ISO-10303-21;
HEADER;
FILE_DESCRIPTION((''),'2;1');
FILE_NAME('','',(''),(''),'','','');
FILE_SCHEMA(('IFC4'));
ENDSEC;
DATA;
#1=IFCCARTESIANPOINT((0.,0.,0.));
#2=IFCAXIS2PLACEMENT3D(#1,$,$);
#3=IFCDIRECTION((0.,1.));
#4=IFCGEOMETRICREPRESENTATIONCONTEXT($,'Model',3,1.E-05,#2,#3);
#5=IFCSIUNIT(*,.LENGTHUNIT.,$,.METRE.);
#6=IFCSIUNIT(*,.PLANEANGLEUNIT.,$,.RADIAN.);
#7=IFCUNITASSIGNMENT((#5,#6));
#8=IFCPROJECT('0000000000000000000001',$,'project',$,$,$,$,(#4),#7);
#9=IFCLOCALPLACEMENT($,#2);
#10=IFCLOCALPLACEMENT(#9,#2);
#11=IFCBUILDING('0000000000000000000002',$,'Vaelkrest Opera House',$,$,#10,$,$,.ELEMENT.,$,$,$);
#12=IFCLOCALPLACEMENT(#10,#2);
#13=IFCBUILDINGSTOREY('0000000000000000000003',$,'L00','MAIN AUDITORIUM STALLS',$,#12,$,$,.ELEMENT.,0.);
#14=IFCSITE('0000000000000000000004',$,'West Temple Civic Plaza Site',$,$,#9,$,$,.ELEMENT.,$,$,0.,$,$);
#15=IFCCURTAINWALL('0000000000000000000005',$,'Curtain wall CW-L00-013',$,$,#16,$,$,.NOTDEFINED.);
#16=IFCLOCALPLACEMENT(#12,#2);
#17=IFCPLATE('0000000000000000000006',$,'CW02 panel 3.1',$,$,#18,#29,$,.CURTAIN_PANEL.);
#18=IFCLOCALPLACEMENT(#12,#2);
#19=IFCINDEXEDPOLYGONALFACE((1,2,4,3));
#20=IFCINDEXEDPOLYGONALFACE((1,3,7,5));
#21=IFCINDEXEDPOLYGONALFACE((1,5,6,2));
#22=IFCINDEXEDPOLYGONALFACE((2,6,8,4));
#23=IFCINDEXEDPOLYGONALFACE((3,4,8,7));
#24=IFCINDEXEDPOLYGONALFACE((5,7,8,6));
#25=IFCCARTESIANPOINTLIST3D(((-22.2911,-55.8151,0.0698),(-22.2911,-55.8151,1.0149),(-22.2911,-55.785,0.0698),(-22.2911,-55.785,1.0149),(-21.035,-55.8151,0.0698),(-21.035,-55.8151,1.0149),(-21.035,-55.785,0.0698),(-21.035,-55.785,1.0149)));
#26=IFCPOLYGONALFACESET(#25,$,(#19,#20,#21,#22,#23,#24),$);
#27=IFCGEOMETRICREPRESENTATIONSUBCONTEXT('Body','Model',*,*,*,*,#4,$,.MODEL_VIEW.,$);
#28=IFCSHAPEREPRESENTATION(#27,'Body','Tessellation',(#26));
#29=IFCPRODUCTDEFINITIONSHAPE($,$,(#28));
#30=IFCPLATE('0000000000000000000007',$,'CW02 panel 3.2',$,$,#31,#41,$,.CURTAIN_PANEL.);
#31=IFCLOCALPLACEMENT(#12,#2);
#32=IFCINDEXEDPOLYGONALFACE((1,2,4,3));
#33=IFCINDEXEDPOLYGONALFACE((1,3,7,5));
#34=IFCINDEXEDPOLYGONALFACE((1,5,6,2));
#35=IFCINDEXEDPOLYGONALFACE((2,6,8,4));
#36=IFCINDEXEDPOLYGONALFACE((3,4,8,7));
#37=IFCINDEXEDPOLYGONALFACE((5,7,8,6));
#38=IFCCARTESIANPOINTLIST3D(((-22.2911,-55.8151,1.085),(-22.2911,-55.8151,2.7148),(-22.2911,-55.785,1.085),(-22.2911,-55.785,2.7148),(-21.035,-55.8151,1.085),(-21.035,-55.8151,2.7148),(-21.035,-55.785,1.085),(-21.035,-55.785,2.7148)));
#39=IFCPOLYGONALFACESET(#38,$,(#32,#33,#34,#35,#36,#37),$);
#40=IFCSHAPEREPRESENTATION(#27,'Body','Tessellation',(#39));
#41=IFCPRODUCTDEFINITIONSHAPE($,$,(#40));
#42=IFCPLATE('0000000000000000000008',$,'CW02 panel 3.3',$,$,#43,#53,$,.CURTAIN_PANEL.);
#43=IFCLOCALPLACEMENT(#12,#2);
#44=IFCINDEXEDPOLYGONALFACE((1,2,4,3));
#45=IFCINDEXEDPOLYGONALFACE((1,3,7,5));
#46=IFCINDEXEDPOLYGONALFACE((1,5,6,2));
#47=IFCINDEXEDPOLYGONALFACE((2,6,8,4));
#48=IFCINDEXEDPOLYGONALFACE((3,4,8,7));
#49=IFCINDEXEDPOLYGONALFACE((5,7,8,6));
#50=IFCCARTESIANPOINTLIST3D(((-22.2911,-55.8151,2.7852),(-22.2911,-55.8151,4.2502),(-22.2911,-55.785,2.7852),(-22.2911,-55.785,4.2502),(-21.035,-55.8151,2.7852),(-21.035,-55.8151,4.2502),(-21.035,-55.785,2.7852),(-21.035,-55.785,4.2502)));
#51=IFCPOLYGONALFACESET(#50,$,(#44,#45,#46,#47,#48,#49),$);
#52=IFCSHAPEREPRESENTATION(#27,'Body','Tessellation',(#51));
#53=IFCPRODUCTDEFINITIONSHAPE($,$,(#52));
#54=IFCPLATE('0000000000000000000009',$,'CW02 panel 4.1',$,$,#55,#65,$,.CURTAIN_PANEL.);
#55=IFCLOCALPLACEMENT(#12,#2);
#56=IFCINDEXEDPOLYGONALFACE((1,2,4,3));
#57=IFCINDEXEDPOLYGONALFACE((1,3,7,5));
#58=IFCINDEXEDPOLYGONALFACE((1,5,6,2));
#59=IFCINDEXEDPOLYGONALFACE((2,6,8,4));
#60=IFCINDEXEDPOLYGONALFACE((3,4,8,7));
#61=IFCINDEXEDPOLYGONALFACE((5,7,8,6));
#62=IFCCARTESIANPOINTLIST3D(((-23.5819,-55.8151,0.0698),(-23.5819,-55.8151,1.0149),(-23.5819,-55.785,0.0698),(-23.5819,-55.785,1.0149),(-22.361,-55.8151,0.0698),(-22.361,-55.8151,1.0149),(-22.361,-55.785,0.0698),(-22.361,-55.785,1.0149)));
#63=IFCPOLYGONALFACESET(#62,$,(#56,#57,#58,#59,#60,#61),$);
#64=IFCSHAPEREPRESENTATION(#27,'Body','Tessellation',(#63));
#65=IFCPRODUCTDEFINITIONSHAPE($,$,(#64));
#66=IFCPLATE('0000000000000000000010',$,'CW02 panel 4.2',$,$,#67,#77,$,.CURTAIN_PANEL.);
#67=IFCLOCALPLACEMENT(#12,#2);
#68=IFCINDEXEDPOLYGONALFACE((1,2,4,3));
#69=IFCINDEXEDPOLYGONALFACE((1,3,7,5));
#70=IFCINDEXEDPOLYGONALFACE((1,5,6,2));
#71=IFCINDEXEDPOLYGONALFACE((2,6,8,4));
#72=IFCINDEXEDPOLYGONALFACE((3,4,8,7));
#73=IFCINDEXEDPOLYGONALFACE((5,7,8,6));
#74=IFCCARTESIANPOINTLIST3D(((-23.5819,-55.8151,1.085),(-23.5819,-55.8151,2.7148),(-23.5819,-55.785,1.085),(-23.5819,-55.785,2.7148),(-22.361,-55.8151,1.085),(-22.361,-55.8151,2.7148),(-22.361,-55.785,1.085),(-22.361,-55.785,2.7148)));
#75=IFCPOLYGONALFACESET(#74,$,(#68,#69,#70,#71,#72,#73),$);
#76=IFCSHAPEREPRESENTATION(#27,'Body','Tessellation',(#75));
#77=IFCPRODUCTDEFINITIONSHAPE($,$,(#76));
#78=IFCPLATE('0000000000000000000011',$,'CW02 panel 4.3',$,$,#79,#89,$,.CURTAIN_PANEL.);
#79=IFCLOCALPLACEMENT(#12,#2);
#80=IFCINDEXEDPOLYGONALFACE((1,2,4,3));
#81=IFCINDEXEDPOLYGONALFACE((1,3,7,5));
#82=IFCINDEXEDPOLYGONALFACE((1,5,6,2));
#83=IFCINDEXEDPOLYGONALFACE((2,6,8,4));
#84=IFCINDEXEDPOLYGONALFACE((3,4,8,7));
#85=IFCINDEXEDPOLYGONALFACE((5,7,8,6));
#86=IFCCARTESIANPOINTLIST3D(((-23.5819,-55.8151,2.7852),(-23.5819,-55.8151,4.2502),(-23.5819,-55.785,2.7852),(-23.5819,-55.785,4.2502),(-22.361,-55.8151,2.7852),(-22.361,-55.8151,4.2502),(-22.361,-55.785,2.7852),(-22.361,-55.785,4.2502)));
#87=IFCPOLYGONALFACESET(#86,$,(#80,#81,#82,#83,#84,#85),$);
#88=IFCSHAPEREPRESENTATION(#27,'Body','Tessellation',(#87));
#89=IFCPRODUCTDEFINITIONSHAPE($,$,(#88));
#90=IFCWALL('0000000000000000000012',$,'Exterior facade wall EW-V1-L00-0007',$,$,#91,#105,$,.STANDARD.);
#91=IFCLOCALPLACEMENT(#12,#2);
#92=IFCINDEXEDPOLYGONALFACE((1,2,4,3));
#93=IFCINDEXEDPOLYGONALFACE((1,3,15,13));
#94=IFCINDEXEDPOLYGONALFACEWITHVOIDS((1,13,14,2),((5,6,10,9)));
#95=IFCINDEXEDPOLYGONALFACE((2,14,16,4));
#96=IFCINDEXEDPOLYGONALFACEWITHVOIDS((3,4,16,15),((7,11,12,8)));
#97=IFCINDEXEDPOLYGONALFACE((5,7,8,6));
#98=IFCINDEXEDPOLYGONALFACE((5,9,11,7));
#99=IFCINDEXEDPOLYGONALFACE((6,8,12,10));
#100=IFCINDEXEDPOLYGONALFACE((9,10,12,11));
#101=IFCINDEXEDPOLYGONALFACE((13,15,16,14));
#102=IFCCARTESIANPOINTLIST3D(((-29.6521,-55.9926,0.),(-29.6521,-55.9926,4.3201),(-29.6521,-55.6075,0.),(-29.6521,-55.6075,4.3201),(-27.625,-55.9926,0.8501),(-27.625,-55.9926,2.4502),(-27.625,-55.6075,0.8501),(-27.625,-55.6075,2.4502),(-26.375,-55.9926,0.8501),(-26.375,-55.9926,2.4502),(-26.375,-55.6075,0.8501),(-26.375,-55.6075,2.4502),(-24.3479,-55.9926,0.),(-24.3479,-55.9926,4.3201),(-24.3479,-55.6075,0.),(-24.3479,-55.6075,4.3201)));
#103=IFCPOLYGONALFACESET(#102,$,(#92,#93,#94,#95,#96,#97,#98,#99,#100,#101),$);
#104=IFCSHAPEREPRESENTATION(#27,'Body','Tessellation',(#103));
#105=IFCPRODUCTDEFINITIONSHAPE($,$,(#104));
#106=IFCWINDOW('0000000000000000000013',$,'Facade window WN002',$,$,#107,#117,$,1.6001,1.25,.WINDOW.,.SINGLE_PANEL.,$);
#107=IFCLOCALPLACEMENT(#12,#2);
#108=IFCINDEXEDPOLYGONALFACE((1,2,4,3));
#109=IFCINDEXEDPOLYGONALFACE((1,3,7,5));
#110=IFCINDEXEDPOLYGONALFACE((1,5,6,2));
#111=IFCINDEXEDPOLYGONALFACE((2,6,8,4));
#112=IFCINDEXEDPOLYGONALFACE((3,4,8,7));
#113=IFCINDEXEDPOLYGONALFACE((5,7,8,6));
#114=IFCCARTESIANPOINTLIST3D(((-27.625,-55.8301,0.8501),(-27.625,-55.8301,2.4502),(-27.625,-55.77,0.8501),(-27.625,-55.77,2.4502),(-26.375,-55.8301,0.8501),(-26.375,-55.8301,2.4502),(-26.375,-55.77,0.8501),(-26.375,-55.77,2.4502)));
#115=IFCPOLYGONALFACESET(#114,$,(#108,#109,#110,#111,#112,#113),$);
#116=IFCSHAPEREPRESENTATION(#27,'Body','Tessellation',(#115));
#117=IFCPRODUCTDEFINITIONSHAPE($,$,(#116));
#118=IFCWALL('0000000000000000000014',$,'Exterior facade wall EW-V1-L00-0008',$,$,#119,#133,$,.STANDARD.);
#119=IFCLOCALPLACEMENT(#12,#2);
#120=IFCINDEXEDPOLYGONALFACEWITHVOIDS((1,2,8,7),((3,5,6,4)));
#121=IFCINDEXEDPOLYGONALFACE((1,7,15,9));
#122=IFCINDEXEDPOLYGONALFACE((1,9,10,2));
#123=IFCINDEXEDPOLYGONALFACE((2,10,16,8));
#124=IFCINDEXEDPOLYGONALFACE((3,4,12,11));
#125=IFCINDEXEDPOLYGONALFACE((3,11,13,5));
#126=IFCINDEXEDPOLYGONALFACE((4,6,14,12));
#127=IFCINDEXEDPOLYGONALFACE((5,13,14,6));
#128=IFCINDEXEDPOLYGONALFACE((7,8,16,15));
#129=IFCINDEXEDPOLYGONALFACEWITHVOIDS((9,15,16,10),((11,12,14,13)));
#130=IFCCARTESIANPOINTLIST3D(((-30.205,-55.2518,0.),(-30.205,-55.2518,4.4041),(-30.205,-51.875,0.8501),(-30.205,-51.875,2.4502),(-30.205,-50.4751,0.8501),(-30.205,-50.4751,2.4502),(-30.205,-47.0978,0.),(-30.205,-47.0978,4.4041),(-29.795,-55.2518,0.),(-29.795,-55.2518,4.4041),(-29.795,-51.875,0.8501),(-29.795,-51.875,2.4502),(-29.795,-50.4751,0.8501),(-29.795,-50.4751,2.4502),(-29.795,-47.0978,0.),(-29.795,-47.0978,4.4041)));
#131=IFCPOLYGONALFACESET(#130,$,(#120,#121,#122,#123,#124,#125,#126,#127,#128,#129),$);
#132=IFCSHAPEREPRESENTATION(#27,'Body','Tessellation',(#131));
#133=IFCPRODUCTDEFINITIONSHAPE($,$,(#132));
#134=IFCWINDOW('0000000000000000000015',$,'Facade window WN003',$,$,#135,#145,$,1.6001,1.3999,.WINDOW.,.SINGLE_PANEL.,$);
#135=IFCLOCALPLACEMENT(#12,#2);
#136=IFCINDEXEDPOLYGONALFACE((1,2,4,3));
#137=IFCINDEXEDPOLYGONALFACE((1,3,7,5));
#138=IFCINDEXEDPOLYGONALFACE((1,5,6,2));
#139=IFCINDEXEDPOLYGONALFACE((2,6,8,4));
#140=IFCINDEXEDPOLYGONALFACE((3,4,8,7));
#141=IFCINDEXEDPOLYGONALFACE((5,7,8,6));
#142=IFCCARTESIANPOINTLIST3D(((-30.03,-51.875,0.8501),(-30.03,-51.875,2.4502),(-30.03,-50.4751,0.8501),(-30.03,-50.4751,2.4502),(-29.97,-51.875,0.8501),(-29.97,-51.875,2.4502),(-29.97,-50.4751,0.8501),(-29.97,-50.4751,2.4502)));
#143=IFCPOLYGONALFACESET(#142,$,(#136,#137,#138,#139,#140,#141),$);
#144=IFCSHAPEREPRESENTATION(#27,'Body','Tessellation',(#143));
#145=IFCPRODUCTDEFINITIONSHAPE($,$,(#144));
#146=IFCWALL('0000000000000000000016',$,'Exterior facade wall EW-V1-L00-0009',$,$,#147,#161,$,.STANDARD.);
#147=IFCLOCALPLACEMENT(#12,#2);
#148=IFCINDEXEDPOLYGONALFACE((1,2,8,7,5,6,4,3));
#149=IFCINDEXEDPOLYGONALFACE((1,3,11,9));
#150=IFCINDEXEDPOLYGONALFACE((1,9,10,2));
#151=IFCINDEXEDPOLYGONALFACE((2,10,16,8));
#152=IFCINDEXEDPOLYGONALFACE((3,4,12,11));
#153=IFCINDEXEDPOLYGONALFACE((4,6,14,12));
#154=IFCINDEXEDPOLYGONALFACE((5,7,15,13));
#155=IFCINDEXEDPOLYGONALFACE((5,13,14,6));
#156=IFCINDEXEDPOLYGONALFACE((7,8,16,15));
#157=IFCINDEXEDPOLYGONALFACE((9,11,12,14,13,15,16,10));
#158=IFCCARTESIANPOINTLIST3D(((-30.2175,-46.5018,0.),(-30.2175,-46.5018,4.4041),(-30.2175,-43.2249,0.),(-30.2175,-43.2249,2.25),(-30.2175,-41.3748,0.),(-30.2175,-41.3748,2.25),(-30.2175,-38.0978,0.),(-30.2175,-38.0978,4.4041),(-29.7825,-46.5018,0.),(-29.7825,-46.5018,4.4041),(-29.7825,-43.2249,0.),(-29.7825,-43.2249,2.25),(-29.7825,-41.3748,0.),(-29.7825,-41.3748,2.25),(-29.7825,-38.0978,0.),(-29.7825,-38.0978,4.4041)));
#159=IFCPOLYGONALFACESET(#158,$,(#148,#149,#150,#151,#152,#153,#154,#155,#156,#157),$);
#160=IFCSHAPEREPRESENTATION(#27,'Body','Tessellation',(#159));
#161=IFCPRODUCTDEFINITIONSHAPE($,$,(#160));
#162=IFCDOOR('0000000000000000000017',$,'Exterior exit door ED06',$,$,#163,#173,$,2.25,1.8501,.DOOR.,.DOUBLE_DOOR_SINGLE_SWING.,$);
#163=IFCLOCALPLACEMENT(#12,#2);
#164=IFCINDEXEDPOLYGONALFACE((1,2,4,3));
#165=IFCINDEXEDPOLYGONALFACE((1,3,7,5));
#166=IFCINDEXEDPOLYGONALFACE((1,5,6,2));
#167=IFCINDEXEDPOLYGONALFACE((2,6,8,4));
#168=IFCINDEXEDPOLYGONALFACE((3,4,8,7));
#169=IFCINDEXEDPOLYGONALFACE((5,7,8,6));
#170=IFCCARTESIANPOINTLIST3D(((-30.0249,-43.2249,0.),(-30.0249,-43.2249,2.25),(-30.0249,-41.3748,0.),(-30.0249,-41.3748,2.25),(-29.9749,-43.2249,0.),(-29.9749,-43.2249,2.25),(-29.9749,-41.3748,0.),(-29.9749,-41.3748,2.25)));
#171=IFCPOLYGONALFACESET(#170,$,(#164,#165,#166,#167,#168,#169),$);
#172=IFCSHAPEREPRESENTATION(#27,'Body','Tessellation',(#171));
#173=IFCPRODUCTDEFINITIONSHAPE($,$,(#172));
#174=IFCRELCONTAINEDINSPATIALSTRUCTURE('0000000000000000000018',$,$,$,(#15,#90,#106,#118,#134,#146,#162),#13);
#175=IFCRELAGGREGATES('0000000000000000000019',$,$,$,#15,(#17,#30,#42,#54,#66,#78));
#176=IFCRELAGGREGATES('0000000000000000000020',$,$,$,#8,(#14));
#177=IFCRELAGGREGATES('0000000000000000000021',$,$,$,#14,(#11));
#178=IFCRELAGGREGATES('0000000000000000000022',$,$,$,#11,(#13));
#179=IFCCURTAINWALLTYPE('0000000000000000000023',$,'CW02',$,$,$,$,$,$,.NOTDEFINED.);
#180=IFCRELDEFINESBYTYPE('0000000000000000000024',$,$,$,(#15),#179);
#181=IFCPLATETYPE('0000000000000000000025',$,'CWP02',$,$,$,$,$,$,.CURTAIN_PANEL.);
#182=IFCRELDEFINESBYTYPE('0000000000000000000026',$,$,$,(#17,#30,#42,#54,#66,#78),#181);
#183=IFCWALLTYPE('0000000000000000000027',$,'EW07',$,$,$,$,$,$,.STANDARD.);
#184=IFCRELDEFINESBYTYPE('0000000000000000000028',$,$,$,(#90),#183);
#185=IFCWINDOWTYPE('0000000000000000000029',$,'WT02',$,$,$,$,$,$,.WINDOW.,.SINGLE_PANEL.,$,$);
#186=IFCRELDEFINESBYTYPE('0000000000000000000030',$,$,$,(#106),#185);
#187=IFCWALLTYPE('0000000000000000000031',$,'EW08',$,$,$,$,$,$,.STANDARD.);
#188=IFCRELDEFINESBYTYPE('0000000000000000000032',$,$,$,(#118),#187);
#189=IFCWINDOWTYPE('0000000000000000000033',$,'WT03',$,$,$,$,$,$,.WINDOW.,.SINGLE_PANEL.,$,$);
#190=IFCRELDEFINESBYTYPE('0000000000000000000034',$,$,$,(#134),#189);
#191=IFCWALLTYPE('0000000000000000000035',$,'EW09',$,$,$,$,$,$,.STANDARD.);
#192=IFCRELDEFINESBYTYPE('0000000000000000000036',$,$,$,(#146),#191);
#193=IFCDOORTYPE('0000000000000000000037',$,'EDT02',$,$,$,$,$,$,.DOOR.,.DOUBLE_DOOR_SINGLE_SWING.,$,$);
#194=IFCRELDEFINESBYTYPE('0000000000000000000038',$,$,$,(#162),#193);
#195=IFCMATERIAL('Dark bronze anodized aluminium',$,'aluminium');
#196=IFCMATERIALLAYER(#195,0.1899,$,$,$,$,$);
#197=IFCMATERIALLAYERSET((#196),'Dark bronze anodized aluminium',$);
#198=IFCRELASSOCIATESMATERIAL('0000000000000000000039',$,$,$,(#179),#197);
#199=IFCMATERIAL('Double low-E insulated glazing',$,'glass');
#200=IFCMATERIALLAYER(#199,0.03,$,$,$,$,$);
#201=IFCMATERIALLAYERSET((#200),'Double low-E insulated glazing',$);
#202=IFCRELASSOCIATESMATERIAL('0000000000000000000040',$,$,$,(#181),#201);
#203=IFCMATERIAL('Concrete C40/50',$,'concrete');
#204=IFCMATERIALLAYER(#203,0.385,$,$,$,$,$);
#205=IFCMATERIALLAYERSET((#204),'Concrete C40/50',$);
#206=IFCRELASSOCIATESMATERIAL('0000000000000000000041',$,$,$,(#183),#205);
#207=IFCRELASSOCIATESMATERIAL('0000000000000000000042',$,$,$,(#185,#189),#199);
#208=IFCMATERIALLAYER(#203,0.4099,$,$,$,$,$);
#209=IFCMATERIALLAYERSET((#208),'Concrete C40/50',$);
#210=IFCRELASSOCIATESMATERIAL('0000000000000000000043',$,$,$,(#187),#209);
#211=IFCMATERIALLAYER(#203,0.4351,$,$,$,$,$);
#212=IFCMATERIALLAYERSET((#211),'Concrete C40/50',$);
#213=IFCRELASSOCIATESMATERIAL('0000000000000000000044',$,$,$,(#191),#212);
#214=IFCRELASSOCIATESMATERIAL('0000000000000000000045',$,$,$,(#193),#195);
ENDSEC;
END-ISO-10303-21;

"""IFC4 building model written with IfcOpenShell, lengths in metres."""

from ifc_helpers import new_model, si_unit, direction, frame, frame_2d, origin, origin_2d, place, context, subcontext, project, spatial, rectangle, extrude, material, layer, layer_set, type_object, element, fill, aggregate, save


model = new_model("IFC4")

# Units and contexts
model_context = context("Model", 3, precision=1e-05, world=origin(), true_north=direction((0.0, 1.0)))
body_context = subcontext(model_context, "Body", "Model", "MODEL_VIEW")
ifc_project = project(units=[si_unit("LENGTHUNIT", "METRE"), si_unit("PLANEANGLEUNIT", "RADIAN")], contexts=[model_context])

# Site, building, storey
site_placement = place(None, origin())
site = spatial("IfcSite", under=ifc_project, at=site_placement, Name="West Temple Civic Plaza Site", CompositionType="ELEMENT", RefElevation=0.0)
building_placement = place(site_placement, origin())
building = spatial("IfcBuilding", under=site, at=building_placement, Name="Vaelkrest Opera House", CompositionType="ELEMENT")
storey_placement = place(building_placement, origin())
storey = spatial("IfcBuildingStorey", under=building, at=storey_placement, Name="L00", Description="MAIN AUDITORIUM STALLS", CompositionType="ELEMENT", Elevation=0.0)

# Curtain wall
ifc_material_1 = material(Name="Dark bronze anodized aluminium", Category="aluminium")
ifc_layer_1 = layer(ifc_material_1, 0.1899)
ifc_layer_set_1 = layer_set([ifc_layer_1], Name="Dark bronze anodized aluminium")
curtain_wall_type = type_object("IfcCurtainWallType", Name="CW02", PredefinedType="NOTDEFINED", material=ifc_layer_set_1)
curtain_wall_placement = place(storey_placement, origin())
curtain_wall = element("IfcCurtainWall", 1, at=curtain_wall_placement, inside=storey, type_object=curtain_wall_type, Name="Curtain wall CW-L00-013", PredefinedType="NOTDEFINED")

# Plates
ifc_material_2 = material(Name="Double low-E insulated glazing", Category="glass")
ifc_layer_2 = layer(ifc_material_2, 0.03)
ifc_layer_set_2 = layer_set([ifc_layer_2], Name="Double low-E insulated glazing")
plate_type = type_object("IfcPlateType", Name="CWP02", PredefinedType="CURTAIN_PANEL", material=ifc_layer_set_2)
plate_1_placement = place(storey_placement, frame((-21.6631, -55.8, 0.0698), z_axis=(0.0, 0.0, 1.0), x_axis=(-1.0, 0.0, 0.0)))
plate_1 = element("IfcPlate", 2, at=plate_1_placement, type_object=plate_type, Name="CW02 panel 3.1", PredefinedType="CURTAIN_PANEL", context=body_context, shape_type="SweptSolid", body=[
    extrude(rectangle(XDim=1.2561, YDim=0.03, at=origin_2d()), origin(), (0.0, 0.0, 1.0), 0.9451),
])
plate_2_placement = place(storey_placement, frame((-21.6631, -55.8, 1.085), z_axis=(0.0, 0.0, 1.0), x_axis=(-1.0, 0.0, 0.0)))
plate_2 = element("IfcPlate", 3, at=plate_2_placement, type_object=plate_type, Name="CW02 panel 3.2", PredefinedType="CURTAIN_PANEL", context=body_context, shape_type="SweptSolid", body=[
    extrude(rectangle(XDim=1.2561, YDim=0.03, at=origin_2d()), origin(), (0.0, 0.0, 1.0), 1.6299),
])
plate_3_placement = place(storey_placement, frame((-21.6631, -55.8, 2.7852), z_axis=(0.0, 0.0, 1.0), x_axis=(-1.0, 0.0, 0.0)))
plate_3 = element("IfcPlate", 4, at=plate_3_placement, type_object=plate_type, Name="CW02 panel 3.3", PredefinedType="CURTAIN_PANEL", context=body_context, shape_type="SweptSolid", body=[
    extrude(rectangle(XDim=1.2561, YDim=0.03, at=origin_2d()), origin(), (0.0, 0.0, 1.0), 1.4651),
])
plate_4_placement = place(storey_placement, frame((-22.9714, -55.8, 0.0698), z_axis=(0.0, 0.0, 1.0), x_axis=(-1.0, 0.0, 0.0)))
plate_4 = element("IfcPlate", 5, at=plate_4_placement, type_object=plate_type, Name="CW02 panel 4.1", PredefinedType="CURTAIN_PANEL", context=body_context, shape_type="SweptSolid", body=[
    extrude(rectangle(XDim=1.2209, YDim=0.03, at=origin_2d()), origin(), (0.0, 0.0, 1.0), 0.9451),
])
plate_5_placement = place(storey_placement, frame((-22.9714, -55.8, 1.085), z_axis=(0.0, 0.0, 1.0), x_axis=(-1.0, 0.0, 0.0)))
plate_5 = element("IfcPlate", 6, at=plate_5_placement, type_object=plate_type, Name="CW02 panel 4.2", PredefinedType="CURTAIN_PANEL", context=body_context, shape_type="SweptSolid", body=[
    extrude(rectangle(XDim=1.2209, YDim=0.03, at=origin_2d()), origin(), (0.0, 0.0, 1.0), 1.6299),
])
plate_6_placement = place(storey_placement, frame((-22.9714, -55.8, 2.7852), z_axis=(0.0, 0.0, 1.0), x_axis=(-1.0, 0.0, 0.0)))
plate_6 = element("IfcPlate", 7, at=plate_6_placement, type_object=plate_type, Name="CW02 panel 4.3", PredefinedType="CURTAIN_PANEL", context=body_context, shape_type="SweptSolid", body=[
    extrude(rectangle(XDim=1.2209, YDim=0.03, at=origin_2d()), origin(), (0.0, 0.0, 1.0), 1.4651),
])
aggregate(curtain_wall, [plate_1, plate_2, plate_3, plate_4, plate_5, plate_6])

# Walls, openings, windows
ifc_material_3 = material(Name="Concrete C40/50", Category="concrete")
ifc_layer_3 = layer(ifc_material_3, 0.385)
ifc_layer_set_3 = layer_set([ifc_layer_3], Name="Concrete C40/50")
wall_type_1 = type_object("IfcWallType", Name="EW07", PredefinedType="STANDARD", material=ifc_layer_set_3)
wall_1_placement = place(storey_placement, frame((-24.3479, -55.8, 0.0), z_axis=(0.0, 0.0, 1.0), x_axis=(-1.0, 0.0, 0.0)))
wall_1 = element("IfcWall", 8, at=wall_1_placement, inside=storey, type_object=wall_type_1, Name="Exterior facade wall EW-V1-L00-0007", PredefinedType="STANDARD", context=body_context, shape_type="SweptSolid", body=[
    extrude(rectangle(XDim=5.3042, YDim=0.385, at=frame_2d((2.6521, 0.0))), origin(), (0.0, 0.0, 1.0), 4.3201),
])
opening_1_placement = place(wall_1_placement, frame((2.0271, 0.0, 0.8501)))
opening_1 = element("IfcOpeningElement", 9, at=opening_1_placement, cuts=wall_1, PredefinedType="OPENING", context=body_context, shape_type="SweptSolid", body=[
    extrude(rectangle(XDim=1.25, YDim=1.6001, at=frame_2d((0.625, 0.8))), frame((0.0, 0.2024, 0.0), z_axis=(0.0, -1.0, 0.0), x_axis=(1.0, 0.0, 0.0)), (0.0, 0.0, 1.0), 0.405),
])
window_type_1 = type_object("IfcWindowType", Name="WT02", PartitioningType="SINGLE_PANEL", PredefinedType="WINDOW", material=ifc_material_2)
window_1_placement = place(opening_1_placement, origin())
window_1 = element("IfcWindow", 10, at=window_1_placement, inside=storey, type_object=window_type_1, Name="Facade window WN002", OverallHeight=1.6001, OverallWidth=1.25, PartitioningType="SINGLE_PANEL", PredefinedType="WINDOW", context=body_context, shape_type="SweptSolid", body=[
    extrude(rectangle(XDim=1.25, YDim=1.6001, at=frame_2d((0.625, 0.8))), frame((0.0, 0.03, 0.0), z_axis=(0.0, -1.0, 0.0), x_axis=(1.0, 0.0, 0.0)), (0.0, 0.0, 1.0), 0.0601),
])
fill(opening_1, window_1)
ifc_layer_4 = layer(ifc_material_3, 0.4099)
ifc_layer_set_4 = layer_set([ifc_layer_4], Name="Concrete C40/50")
wall_type_2 = type_object("IfcWallType", Name="EW08", PredefinedType="STANDARD", material=ifc_layer_set_4)
wall_2_placement = place(storey_placement, frame((-30.0, -55.252, 0.0), z_axis=(0.0, 0.0, 1.0), x_axis=(0.0, 1.0, 0.0)))
wall_2 = element("IfcWall", 11, at=wall_2_placement, inside=storey, type_object=wall_type_2, Name="Exterior facade wall EW-V1-L00-0008", PredefinedType="STANDARD", context=body_context, shape_type="SweptSolid", body=[
    extrude(rectangle(XDim=8.1541, YDim=0.4099, at=frame_2d((4.0771, 0.0))), origin(), (0.0, 0.0, 1.0), 4.4041),
])
opening_2_placement = place(wall_2_placement, frame((3.377, 0.0, 0.8501)))
opening_2 = element("IfcOpeningElement", 12, at=opening_2_placement, cuts=wall_2, PredefinedType="OPENING", context=body_context, shape_type="SweptSolid", body=[
    extrude(rectangle(XDim=1.3999, YDim=1.6001, at=frame_2d((0.7, 0.8))), frame((0.0, 0.2148, 0.0), z_axis=(0.0, -1.0, 0.0), x_axis=(1.0, 0.0, 0.0)), (0.0, 0.0, 1.0), 0.4299),
])
window_type_2 = type_object("IfcWindowType", Name="WT03", PartitioningType="SINGLE_PANEL", PredefinedType="WINDOW", material=ifc_material_2)
window_2_placement = place(opening_2_placement, origin())
window_2 = element("IfcWindow", 13, at=window_2_placement, inside=storey, type_object=window_type_2, Name="Facade window WN003", OverallHeight=1.6001, OverallWidth=1.3999, PartitioningType="SINGLE_PANEL", PredefinedType="WINDOW", context=body_context, shape_type="SweptSolid", body=[
    extrude(rectangle(XDim=1.3999, YDim=1.6001, at=frame_2d((0.7, 0.8))), frame((0.0, 0.03, 0.0), z_axis=(0.0, -1.0, 0.0), x_axis=(1.0, 0.0, 0.0)), (0.0, 0.0, 1.0), 0.0601),
])
fill(opening_2, window_2)

# Wall, opening, door
ifc_layer_5 = layer(ifc_material_3, 0.4351)
ifc_layer_set_5 = layer_set([ifc_layer_5], Name="Concrete C40/50")
wall_type_3 = type_object("IfcWallType", Name="EW09", PredefinedType="STANDARD", material=ifc_layer_set_5)
wall_3_placement = place(storey_placement, frame((-30.0, -46.502, 0.0), z_axis=(0.0, 0.0, 1.0), x_axis=(0.0, 1.0, 0.0)))
wall_3 = element("IfcWall", 14, at=wall_3_placement, inside=storey, type_object=wall_type_3, Name="Exterior facade wall EW-V1-L00-0009", PredefinedType="STANDARD", context=body_context, shape_type="SweptSolid", body=[
    extrude(rectangle(XDim=8.4041, YDim=0.4351, at=frame_2d((4.2021, 0.0))), origin(), (0.0, 0.0, 1.0), 4.4041),
])
opening_3_placement = place(wall_3_placement, frame((3.2771, 0.0, 0.0)))
opening_3 = element("IfcOpeningElement", 15, at=opening_3_placement, cuts=wall_3, PredefinedType="OPENING", context=body_context, shape_type="SweptSolid", body=[
    extrude(rectangle(XDim=1.8501, YDim=2.25, at=frame_2d((0.925, 1.125))), frame((0.0, 0.2275, 0.0), z_axis=(0.0, -1.0, 0.0), x_axis=(1.0, 0.0, 0.0)), (0.0, 0.0, 1.0), 0.4551),
])
door_type_1 = type_object("IfcDoorType", Name="EDT02", OperationType="DOUBLE_DOOR_SINGLE_SWING", PredefinedType="DOOR", material=ifc_material_1)
door_1_placement = place(opening_3_placement, origin())
door_1 = element("IfcDoor", 16, at=door_1_placement, inside=storey, type_object=door_type_1, Name="Exterior exit door ED06", OperationType="DOUBLE_DOOR_SINGLE_SWING", OverallHeight=2.25, OverallWidth=1.8501, PredefinedType="DOOR", context=body_context, shape_type="SweptSolid", body=[
    extrude(rectangle(XDim=1.8501, YDim=2.25, at=frame_2d((0.925, 1.125))), frame((0.0, 0.0249, 0.0), z_axis=(0.0, -1.0, 0.0), x_axis=(1.0, 0.0, 0.0)), (0.0, 0.0, 1.0), 0.05),
])
fill(opening_3, door_1)

save(model, "model.ifc")
